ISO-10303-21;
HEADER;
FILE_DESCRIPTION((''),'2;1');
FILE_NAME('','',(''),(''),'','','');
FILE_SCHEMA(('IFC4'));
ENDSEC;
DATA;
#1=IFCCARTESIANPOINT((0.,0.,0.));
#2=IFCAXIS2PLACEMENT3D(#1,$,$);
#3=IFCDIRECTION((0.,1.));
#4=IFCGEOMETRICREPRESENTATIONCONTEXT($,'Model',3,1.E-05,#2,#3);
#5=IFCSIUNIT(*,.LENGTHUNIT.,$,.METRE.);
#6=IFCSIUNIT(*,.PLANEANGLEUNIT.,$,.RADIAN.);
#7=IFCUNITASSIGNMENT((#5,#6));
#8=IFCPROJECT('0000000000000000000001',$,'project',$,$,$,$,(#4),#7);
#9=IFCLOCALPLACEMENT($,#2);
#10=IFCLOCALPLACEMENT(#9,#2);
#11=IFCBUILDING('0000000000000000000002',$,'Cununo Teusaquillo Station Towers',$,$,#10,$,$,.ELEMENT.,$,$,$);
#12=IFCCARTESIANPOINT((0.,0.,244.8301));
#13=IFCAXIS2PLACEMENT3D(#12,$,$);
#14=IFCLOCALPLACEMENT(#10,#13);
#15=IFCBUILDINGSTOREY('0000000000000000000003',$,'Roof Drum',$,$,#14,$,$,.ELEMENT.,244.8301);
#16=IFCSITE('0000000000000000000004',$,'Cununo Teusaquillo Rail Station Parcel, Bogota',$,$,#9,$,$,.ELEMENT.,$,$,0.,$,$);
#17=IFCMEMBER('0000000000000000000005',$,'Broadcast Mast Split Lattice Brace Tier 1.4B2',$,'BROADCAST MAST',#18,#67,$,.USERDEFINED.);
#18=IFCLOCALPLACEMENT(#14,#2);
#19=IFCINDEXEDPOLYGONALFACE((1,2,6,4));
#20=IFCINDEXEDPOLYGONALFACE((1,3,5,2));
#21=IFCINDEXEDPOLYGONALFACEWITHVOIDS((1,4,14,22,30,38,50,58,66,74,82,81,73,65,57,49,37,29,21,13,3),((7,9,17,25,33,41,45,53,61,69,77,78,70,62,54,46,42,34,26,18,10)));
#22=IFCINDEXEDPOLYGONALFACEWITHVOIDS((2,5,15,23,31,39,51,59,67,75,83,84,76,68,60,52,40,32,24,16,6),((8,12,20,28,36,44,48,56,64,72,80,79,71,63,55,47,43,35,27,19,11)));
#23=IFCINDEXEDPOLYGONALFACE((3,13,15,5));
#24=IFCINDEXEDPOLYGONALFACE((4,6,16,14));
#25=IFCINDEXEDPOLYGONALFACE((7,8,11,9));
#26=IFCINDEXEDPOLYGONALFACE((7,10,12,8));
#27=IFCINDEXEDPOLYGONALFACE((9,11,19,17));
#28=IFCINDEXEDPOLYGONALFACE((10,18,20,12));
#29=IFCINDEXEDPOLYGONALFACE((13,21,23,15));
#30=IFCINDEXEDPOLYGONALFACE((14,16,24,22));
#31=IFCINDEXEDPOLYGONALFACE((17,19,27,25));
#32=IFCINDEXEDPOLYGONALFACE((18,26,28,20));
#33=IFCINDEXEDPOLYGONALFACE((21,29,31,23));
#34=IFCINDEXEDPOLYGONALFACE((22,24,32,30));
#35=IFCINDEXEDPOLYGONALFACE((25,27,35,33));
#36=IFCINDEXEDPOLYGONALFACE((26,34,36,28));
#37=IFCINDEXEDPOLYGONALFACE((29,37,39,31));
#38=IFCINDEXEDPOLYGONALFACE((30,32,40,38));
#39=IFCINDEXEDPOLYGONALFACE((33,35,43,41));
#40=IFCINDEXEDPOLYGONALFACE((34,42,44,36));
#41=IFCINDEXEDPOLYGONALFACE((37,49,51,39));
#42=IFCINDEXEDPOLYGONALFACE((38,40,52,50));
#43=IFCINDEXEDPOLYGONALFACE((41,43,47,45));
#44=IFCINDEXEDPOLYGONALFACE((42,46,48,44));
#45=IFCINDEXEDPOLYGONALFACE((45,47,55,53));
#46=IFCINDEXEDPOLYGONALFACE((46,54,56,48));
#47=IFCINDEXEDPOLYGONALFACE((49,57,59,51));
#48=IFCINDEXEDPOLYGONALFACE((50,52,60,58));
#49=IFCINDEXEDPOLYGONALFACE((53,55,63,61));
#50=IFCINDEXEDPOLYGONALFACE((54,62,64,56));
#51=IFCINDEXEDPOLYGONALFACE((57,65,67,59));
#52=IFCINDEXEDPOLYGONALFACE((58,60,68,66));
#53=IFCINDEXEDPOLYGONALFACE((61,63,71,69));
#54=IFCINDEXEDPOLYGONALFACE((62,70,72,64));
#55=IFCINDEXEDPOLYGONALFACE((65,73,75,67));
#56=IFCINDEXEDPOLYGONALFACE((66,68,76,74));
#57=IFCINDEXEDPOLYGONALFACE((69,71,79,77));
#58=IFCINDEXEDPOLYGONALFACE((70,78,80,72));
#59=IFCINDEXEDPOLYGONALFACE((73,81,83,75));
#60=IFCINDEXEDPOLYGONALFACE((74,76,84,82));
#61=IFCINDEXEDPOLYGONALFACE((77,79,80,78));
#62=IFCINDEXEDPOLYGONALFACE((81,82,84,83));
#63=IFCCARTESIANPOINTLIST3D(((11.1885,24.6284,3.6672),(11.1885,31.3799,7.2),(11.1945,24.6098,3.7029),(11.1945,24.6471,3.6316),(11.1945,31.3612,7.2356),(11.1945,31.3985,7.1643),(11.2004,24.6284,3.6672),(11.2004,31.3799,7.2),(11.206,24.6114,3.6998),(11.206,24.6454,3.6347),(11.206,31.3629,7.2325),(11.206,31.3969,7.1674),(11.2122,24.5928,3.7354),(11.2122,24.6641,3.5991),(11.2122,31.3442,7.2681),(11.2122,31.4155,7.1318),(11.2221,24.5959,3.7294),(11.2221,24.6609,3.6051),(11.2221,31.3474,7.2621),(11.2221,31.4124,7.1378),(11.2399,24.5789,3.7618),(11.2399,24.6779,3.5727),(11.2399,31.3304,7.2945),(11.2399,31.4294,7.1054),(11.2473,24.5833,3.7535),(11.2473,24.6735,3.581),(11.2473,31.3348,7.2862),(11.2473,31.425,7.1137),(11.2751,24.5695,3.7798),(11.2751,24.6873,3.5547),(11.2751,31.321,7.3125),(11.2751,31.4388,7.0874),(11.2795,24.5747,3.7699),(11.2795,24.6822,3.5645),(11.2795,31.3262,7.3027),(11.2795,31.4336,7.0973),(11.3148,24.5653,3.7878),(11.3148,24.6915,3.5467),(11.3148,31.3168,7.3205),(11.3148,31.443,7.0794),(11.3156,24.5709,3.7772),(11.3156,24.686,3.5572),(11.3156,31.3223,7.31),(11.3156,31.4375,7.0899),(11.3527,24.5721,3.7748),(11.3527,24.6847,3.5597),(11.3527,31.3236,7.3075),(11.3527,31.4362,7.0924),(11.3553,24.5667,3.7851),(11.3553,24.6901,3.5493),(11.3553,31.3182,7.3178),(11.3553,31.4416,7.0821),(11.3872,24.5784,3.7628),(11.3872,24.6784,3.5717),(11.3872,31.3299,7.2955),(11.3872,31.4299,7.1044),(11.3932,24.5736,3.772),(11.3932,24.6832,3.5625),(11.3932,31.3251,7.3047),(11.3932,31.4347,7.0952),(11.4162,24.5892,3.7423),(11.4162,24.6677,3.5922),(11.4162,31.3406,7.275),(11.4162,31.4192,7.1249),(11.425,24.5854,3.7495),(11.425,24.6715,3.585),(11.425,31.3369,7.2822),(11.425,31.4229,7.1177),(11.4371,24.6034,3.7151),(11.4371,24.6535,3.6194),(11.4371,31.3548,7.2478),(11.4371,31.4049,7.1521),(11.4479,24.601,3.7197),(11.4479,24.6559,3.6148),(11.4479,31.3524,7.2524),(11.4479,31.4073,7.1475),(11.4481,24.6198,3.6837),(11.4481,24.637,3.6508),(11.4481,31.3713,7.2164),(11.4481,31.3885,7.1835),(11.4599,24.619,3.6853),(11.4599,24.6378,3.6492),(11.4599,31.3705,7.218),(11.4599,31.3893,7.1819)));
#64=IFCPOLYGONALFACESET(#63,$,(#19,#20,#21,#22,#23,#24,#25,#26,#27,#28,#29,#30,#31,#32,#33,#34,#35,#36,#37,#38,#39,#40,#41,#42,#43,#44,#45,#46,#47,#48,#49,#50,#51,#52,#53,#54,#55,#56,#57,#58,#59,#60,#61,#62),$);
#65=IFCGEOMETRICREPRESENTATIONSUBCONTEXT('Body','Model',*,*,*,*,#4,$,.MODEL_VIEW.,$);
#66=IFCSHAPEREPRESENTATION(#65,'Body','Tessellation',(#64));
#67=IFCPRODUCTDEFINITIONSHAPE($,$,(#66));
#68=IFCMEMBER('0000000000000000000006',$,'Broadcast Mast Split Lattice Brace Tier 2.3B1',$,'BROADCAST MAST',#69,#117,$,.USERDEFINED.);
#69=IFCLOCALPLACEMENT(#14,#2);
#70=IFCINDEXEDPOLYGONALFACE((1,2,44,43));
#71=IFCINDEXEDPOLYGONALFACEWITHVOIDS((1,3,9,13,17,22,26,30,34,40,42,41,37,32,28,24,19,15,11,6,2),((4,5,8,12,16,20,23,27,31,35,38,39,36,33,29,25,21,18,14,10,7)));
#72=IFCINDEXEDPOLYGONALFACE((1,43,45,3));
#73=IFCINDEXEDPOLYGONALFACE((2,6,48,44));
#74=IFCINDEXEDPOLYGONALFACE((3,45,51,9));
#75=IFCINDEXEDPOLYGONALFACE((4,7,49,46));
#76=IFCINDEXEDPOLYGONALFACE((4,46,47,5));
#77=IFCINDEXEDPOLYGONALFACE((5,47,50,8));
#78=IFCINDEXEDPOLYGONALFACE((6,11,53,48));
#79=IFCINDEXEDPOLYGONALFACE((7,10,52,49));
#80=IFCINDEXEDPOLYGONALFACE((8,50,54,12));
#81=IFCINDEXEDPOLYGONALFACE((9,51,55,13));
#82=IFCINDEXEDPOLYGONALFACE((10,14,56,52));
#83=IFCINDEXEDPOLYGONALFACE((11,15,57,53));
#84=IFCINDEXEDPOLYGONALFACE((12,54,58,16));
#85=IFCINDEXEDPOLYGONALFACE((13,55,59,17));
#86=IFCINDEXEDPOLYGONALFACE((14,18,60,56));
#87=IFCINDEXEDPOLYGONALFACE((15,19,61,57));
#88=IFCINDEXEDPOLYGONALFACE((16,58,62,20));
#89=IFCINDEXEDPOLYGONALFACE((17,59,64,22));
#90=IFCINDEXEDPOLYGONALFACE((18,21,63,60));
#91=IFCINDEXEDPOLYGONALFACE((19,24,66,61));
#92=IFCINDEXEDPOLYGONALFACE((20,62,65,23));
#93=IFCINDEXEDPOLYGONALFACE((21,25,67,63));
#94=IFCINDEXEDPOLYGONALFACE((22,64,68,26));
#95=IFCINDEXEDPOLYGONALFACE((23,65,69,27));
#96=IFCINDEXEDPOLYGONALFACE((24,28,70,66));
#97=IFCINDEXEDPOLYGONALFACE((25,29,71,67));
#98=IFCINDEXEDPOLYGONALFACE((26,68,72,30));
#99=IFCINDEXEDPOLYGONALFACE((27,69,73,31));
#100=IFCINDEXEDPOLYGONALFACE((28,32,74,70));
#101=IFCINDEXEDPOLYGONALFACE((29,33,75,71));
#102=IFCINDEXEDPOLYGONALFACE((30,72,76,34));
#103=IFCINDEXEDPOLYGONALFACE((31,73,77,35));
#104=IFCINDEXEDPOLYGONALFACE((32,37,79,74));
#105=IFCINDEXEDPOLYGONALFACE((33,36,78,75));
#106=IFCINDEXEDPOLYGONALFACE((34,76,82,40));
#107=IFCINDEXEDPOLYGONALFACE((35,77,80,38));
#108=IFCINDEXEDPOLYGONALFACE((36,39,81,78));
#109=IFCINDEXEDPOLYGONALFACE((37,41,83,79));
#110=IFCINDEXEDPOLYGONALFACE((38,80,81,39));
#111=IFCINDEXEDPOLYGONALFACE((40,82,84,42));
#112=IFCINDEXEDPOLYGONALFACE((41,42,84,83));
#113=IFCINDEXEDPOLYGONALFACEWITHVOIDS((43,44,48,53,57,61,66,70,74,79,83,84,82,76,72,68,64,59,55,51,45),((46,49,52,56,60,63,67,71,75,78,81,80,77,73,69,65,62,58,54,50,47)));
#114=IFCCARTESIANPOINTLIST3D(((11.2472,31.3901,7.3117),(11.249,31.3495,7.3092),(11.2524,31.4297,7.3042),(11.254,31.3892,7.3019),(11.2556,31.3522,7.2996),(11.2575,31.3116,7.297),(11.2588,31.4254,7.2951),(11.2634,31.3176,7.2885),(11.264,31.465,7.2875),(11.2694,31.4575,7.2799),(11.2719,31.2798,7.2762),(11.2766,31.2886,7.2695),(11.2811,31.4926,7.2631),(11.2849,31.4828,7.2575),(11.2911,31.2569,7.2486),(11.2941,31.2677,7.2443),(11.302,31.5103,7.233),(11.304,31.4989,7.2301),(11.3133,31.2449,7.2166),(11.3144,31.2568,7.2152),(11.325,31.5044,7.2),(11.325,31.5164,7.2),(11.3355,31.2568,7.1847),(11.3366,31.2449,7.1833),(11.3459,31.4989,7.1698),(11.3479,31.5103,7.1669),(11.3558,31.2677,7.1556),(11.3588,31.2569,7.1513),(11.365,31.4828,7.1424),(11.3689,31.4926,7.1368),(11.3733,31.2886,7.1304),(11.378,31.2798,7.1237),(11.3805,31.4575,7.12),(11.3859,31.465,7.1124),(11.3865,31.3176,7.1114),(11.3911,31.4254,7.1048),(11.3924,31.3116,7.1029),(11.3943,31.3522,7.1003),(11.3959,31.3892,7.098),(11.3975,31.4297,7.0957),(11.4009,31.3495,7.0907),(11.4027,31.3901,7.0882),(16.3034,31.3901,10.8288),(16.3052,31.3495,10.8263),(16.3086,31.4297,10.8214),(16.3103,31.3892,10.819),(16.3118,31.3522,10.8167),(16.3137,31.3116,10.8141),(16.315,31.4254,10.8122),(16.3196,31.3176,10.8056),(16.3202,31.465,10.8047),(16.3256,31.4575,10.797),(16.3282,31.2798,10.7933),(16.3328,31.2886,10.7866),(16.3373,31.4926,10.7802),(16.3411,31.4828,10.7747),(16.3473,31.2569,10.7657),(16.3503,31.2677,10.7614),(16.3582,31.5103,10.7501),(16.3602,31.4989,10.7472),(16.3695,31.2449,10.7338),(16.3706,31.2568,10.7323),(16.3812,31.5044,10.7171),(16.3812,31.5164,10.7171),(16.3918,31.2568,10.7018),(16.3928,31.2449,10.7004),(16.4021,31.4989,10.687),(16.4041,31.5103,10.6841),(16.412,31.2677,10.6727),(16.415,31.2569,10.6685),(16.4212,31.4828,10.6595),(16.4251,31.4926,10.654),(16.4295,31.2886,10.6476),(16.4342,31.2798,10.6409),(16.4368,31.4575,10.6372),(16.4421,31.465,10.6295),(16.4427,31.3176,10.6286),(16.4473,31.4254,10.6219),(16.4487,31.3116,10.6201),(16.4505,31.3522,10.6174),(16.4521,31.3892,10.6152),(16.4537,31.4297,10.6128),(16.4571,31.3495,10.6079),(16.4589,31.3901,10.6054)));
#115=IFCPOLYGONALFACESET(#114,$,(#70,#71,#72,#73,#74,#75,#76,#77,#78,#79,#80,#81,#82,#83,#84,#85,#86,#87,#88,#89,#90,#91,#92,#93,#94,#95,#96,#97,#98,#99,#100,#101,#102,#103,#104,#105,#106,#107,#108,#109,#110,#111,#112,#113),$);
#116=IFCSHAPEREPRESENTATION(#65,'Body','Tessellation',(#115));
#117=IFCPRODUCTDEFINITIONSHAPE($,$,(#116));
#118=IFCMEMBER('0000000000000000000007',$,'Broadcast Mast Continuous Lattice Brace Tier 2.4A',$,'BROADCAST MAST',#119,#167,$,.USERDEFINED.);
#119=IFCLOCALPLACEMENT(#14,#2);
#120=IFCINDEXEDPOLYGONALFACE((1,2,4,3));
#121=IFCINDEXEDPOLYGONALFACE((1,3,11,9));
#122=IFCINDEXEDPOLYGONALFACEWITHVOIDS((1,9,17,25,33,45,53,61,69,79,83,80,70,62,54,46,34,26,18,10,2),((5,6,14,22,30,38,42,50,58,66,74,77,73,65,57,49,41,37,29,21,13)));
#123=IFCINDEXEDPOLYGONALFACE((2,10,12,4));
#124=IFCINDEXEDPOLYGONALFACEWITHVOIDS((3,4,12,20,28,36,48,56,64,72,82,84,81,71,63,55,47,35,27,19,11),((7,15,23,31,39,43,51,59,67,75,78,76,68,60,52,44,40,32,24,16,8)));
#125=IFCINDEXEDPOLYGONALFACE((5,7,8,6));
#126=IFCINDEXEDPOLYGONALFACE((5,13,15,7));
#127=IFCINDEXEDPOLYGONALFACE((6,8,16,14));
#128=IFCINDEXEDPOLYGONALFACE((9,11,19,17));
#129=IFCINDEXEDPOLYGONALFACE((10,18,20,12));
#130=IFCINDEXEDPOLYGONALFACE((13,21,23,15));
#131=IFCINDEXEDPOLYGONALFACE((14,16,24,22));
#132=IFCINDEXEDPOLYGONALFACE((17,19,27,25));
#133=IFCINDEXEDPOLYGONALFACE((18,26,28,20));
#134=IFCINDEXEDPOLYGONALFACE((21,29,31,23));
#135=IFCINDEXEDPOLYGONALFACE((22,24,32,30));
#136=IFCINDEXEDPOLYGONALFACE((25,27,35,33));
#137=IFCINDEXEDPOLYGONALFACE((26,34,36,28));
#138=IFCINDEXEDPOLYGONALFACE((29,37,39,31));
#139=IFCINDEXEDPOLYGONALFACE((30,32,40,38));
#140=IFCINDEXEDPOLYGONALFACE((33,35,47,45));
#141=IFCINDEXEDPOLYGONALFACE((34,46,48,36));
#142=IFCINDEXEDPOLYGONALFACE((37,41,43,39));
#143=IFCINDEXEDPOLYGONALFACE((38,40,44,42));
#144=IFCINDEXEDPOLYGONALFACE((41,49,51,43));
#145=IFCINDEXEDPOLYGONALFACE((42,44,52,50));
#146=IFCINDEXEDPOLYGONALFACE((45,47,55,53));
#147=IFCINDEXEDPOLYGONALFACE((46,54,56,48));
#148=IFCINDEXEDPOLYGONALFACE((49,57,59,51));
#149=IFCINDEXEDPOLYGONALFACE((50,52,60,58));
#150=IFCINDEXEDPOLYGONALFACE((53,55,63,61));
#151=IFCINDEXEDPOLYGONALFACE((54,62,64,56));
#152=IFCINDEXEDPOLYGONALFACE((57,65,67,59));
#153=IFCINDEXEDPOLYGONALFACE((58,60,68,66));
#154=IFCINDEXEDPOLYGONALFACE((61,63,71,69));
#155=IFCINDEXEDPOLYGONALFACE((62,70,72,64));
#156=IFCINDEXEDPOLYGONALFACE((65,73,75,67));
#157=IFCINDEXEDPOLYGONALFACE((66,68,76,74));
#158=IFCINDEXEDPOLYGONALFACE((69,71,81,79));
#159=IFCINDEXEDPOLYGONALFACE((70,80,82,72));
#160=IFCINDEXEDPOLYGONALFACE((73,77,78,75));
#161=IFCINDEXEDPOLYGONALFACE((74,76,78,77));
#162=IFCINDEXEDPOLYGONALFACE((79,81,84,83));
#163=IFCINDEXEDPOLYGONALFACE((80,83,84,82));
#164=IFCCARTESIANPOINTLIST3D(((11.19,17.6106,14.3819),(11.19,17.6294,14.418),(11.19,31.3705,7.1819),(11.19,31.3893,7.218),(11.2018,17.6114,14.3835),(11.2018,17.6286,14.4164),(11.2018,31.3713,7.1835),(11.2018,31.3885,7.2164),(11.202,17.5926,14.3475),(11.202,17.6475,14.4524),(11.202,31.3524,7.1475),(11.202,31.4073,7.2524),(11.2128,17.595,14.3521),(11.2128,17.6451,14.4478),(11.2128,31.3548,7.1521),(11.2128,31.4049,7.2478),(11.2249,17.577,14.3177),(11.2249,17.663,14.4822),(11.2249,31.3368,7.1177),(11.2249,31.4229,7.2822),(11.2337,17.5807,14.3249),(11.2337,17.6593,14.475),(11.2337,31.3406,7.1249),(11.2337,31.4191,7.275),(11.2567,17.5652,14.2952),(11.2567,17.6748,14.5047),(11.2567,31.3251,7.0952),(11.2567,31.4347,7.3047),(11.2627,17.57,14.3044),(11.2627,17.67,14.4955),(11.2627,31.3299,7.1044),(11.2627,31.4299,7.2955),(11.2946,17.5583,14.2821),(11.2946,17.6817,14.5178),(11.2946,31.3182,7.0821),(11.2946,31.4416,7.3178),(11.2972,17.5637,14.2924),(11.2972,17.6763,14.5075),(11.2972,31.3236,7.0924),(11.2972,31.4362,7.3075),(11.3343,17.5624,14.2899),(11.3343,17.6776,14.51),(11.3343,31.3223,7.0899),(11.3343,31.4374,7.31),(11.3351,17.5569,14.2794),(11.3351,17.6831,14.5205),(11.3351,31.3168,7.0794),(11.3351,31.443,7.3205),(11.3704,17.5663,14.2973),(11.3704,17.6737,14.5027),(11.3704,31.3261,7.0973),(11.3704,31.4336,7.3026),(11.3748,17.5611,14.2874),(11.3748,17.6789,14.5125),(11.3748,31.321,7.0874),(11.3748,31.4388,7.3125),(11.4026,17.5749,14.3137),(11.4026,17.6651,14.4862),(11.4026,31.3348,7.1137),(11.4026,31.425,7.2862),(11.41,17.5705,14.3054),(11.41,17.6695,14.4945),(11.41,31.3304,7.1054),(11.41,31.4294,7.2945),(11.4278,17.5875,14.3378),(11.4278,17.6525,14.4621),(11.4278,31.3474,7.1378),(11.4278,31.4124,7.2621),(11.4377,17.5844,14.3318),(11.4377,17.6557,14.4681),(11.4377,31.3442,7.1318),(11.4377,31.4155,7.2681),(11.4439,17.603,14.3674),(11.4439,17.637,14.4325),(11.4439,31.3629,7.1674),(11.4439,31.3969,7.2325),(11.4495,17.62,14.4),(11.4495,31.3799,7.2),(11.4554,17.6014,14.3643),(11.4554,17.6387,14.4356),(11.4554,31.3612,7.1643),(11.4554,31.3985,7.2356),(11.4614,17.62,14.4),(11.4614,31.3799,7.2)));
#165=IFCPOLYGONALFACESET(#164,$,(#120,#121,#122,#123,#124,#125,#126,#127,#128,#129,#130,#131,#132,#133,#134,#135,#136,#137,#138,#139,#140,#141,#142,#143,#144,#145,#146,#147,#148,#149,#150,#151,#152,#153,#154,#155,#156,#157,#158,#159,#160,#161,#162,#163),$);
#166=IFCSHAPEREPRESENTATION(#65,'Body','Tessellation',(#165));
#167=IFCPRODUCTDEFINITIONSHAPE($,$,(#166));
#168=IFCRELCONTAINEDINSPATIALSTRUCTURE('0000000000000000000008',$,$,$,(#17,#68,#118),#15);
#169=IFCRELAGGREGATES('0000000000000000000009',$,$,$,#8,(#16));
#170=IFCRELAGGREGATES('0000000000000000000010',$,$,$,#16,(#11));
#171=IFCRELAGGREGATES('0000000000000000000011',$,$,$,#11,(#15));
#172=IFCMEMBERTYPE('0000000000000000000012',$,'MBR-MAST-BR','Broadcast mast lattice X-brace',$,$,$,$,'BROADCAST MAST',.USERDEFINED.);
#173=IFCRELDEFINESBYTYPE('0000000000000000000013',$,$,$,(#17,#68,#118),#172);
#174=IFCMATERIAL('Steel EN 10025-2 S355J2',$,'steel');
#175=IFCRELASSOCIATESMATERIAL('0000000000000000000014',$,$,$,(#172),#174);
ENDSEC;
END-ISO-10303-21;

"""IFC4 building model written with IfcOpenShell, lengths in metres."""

from ifc_helpers import new_model, si_unit, direction, frame, origin, origin_2d, place, context, subcontext, project, spatial, hollow_circle, extrude, material, material_profile, profile_set, type_object, element, save


model = new_model("IFC4")

# Units and contexts
model_context = context("Model", 3, precision=1e-05, world=origin(), true_north=direction((0.0, 1.0)))
body_context = subcontext(model_context, "Body", "Model", "MODEL_VIEW")
ifc_project = project(units=[si_unit("LENGTHUNIT", "METRE"), si_unit("PLANEANGLEUNIT", "RADIAN")], contexts=[model_context])

# Site, building, storey
site_placement = place(None, origin())
site = spatial("IfcSite", under=ifc_project, at=site_placement, Name="Cununo Teusaquillo Rail Station Parcel, Bogota", CompositionType="ELEMENT", RefElevation=0.0)
building_placement = place(site_placement, origin())
building = spatial("IfcBuilding", under=site, at=building_placement, Name="Cununo Teusaquillo Station Towers", CompositionType="ELEMENT")
storey_placement = place(building_placement, frame((0.0, 0.0, 244.8301)))
storey = spatial("IfcBuildingStorey", under=building, at=storey_placement, Name="Roof Drum", CompositionType="ELEMENT", Elevation=244.8301)

# Members
ifc_material_1 = material(Name="Steel EN 10025-2 S355J2", Category="steel")
ifc_material_profile_1 = material_profile(ifc_material_1, hollow_circle(Radius=0.1365, WallThickness=0.012, at=origin_2d()), Name="CHS 273x12")
ifc_profile_set_1 = profile_set([ifc_material_profile_1], Name="Steel EN 10025-2 S355J2")
member_type = type_object("IfcMemberType", Name="MBR-MAST-BR", Description="Broadcast mast lattice X-brace", ElementType="BROADCAST MAST", PredefinedType="USERDEFINED", material=ifc_profile_set_1)
member_1_placement = place(storey_placement, frame((11.325, 24.6284, 3.6672), z_axis=(0.0, 0.886035, 0.463619), x_axis=(-1.0, 0.0, 0.0)))
element("IfcMember", 1, at=member_1_placement, inside=storey, type_object=member_type, Name="Broadcast Mast Split Lattice Brace Tier 1.4B2", ObjectType="BROADCAST MAST", PredefinedType="USERDEFINED", context=body_context, shape_type="SweptSolid", body=[
    extrude(hollow_circle(Radius=0.1365, WallThickness=0.012, at=origin_2d()), origin(), (0.0, 0.0, 1.0), 7.6199),
])
member_2_placement = place(storey_placement, frame((11.325, 31.3799, 7.2), z_axis=(0.820923, 0.0, 0.571039), x_axis=(0.0, 1.0, 0.0)))
element("IfcMember", 2, at=member_2_placement, inside=storey, type_object=member_type, Name="Broadcast Mast Split Lattice Brace Tier 2.3B1", ObjectType="BROADCAST MAST", PredefinedType="USERDEFINED", context=body_context, shape_type="SweptSolid", body=[
    extrude(hollow_circle(Radius=0.1365, WallThickness=0.012, at=origin_2d()), origin(), (0.0, 0.0, 1.0), 6.1592),
])
member_3_placement = place(storey_placement, frame((11.325, 31.3799, 7.2), z_axis=(0.0, -0.886031, 0.463626), x_axis=(1.0, 0.0, 0.0)))
element("IfcMember", 3, at=member_3_placement, inside=storey, type_object=member_type, Name="Broadcast Mast Continuous Lattice Brace Tier 2.4A", ObjectType="BROADCAST MAST", PredefinedType="USERDEFINED", context=body_context, shape_type="SweptSolid", body=[
    extrude(hollow_circle(Radius=0.1365, WallThickness=0.012, at=origin_2d()), origin(), (0.0, 0.0, 1.0), 15.5298),
])

save(model, "model.ifc")
